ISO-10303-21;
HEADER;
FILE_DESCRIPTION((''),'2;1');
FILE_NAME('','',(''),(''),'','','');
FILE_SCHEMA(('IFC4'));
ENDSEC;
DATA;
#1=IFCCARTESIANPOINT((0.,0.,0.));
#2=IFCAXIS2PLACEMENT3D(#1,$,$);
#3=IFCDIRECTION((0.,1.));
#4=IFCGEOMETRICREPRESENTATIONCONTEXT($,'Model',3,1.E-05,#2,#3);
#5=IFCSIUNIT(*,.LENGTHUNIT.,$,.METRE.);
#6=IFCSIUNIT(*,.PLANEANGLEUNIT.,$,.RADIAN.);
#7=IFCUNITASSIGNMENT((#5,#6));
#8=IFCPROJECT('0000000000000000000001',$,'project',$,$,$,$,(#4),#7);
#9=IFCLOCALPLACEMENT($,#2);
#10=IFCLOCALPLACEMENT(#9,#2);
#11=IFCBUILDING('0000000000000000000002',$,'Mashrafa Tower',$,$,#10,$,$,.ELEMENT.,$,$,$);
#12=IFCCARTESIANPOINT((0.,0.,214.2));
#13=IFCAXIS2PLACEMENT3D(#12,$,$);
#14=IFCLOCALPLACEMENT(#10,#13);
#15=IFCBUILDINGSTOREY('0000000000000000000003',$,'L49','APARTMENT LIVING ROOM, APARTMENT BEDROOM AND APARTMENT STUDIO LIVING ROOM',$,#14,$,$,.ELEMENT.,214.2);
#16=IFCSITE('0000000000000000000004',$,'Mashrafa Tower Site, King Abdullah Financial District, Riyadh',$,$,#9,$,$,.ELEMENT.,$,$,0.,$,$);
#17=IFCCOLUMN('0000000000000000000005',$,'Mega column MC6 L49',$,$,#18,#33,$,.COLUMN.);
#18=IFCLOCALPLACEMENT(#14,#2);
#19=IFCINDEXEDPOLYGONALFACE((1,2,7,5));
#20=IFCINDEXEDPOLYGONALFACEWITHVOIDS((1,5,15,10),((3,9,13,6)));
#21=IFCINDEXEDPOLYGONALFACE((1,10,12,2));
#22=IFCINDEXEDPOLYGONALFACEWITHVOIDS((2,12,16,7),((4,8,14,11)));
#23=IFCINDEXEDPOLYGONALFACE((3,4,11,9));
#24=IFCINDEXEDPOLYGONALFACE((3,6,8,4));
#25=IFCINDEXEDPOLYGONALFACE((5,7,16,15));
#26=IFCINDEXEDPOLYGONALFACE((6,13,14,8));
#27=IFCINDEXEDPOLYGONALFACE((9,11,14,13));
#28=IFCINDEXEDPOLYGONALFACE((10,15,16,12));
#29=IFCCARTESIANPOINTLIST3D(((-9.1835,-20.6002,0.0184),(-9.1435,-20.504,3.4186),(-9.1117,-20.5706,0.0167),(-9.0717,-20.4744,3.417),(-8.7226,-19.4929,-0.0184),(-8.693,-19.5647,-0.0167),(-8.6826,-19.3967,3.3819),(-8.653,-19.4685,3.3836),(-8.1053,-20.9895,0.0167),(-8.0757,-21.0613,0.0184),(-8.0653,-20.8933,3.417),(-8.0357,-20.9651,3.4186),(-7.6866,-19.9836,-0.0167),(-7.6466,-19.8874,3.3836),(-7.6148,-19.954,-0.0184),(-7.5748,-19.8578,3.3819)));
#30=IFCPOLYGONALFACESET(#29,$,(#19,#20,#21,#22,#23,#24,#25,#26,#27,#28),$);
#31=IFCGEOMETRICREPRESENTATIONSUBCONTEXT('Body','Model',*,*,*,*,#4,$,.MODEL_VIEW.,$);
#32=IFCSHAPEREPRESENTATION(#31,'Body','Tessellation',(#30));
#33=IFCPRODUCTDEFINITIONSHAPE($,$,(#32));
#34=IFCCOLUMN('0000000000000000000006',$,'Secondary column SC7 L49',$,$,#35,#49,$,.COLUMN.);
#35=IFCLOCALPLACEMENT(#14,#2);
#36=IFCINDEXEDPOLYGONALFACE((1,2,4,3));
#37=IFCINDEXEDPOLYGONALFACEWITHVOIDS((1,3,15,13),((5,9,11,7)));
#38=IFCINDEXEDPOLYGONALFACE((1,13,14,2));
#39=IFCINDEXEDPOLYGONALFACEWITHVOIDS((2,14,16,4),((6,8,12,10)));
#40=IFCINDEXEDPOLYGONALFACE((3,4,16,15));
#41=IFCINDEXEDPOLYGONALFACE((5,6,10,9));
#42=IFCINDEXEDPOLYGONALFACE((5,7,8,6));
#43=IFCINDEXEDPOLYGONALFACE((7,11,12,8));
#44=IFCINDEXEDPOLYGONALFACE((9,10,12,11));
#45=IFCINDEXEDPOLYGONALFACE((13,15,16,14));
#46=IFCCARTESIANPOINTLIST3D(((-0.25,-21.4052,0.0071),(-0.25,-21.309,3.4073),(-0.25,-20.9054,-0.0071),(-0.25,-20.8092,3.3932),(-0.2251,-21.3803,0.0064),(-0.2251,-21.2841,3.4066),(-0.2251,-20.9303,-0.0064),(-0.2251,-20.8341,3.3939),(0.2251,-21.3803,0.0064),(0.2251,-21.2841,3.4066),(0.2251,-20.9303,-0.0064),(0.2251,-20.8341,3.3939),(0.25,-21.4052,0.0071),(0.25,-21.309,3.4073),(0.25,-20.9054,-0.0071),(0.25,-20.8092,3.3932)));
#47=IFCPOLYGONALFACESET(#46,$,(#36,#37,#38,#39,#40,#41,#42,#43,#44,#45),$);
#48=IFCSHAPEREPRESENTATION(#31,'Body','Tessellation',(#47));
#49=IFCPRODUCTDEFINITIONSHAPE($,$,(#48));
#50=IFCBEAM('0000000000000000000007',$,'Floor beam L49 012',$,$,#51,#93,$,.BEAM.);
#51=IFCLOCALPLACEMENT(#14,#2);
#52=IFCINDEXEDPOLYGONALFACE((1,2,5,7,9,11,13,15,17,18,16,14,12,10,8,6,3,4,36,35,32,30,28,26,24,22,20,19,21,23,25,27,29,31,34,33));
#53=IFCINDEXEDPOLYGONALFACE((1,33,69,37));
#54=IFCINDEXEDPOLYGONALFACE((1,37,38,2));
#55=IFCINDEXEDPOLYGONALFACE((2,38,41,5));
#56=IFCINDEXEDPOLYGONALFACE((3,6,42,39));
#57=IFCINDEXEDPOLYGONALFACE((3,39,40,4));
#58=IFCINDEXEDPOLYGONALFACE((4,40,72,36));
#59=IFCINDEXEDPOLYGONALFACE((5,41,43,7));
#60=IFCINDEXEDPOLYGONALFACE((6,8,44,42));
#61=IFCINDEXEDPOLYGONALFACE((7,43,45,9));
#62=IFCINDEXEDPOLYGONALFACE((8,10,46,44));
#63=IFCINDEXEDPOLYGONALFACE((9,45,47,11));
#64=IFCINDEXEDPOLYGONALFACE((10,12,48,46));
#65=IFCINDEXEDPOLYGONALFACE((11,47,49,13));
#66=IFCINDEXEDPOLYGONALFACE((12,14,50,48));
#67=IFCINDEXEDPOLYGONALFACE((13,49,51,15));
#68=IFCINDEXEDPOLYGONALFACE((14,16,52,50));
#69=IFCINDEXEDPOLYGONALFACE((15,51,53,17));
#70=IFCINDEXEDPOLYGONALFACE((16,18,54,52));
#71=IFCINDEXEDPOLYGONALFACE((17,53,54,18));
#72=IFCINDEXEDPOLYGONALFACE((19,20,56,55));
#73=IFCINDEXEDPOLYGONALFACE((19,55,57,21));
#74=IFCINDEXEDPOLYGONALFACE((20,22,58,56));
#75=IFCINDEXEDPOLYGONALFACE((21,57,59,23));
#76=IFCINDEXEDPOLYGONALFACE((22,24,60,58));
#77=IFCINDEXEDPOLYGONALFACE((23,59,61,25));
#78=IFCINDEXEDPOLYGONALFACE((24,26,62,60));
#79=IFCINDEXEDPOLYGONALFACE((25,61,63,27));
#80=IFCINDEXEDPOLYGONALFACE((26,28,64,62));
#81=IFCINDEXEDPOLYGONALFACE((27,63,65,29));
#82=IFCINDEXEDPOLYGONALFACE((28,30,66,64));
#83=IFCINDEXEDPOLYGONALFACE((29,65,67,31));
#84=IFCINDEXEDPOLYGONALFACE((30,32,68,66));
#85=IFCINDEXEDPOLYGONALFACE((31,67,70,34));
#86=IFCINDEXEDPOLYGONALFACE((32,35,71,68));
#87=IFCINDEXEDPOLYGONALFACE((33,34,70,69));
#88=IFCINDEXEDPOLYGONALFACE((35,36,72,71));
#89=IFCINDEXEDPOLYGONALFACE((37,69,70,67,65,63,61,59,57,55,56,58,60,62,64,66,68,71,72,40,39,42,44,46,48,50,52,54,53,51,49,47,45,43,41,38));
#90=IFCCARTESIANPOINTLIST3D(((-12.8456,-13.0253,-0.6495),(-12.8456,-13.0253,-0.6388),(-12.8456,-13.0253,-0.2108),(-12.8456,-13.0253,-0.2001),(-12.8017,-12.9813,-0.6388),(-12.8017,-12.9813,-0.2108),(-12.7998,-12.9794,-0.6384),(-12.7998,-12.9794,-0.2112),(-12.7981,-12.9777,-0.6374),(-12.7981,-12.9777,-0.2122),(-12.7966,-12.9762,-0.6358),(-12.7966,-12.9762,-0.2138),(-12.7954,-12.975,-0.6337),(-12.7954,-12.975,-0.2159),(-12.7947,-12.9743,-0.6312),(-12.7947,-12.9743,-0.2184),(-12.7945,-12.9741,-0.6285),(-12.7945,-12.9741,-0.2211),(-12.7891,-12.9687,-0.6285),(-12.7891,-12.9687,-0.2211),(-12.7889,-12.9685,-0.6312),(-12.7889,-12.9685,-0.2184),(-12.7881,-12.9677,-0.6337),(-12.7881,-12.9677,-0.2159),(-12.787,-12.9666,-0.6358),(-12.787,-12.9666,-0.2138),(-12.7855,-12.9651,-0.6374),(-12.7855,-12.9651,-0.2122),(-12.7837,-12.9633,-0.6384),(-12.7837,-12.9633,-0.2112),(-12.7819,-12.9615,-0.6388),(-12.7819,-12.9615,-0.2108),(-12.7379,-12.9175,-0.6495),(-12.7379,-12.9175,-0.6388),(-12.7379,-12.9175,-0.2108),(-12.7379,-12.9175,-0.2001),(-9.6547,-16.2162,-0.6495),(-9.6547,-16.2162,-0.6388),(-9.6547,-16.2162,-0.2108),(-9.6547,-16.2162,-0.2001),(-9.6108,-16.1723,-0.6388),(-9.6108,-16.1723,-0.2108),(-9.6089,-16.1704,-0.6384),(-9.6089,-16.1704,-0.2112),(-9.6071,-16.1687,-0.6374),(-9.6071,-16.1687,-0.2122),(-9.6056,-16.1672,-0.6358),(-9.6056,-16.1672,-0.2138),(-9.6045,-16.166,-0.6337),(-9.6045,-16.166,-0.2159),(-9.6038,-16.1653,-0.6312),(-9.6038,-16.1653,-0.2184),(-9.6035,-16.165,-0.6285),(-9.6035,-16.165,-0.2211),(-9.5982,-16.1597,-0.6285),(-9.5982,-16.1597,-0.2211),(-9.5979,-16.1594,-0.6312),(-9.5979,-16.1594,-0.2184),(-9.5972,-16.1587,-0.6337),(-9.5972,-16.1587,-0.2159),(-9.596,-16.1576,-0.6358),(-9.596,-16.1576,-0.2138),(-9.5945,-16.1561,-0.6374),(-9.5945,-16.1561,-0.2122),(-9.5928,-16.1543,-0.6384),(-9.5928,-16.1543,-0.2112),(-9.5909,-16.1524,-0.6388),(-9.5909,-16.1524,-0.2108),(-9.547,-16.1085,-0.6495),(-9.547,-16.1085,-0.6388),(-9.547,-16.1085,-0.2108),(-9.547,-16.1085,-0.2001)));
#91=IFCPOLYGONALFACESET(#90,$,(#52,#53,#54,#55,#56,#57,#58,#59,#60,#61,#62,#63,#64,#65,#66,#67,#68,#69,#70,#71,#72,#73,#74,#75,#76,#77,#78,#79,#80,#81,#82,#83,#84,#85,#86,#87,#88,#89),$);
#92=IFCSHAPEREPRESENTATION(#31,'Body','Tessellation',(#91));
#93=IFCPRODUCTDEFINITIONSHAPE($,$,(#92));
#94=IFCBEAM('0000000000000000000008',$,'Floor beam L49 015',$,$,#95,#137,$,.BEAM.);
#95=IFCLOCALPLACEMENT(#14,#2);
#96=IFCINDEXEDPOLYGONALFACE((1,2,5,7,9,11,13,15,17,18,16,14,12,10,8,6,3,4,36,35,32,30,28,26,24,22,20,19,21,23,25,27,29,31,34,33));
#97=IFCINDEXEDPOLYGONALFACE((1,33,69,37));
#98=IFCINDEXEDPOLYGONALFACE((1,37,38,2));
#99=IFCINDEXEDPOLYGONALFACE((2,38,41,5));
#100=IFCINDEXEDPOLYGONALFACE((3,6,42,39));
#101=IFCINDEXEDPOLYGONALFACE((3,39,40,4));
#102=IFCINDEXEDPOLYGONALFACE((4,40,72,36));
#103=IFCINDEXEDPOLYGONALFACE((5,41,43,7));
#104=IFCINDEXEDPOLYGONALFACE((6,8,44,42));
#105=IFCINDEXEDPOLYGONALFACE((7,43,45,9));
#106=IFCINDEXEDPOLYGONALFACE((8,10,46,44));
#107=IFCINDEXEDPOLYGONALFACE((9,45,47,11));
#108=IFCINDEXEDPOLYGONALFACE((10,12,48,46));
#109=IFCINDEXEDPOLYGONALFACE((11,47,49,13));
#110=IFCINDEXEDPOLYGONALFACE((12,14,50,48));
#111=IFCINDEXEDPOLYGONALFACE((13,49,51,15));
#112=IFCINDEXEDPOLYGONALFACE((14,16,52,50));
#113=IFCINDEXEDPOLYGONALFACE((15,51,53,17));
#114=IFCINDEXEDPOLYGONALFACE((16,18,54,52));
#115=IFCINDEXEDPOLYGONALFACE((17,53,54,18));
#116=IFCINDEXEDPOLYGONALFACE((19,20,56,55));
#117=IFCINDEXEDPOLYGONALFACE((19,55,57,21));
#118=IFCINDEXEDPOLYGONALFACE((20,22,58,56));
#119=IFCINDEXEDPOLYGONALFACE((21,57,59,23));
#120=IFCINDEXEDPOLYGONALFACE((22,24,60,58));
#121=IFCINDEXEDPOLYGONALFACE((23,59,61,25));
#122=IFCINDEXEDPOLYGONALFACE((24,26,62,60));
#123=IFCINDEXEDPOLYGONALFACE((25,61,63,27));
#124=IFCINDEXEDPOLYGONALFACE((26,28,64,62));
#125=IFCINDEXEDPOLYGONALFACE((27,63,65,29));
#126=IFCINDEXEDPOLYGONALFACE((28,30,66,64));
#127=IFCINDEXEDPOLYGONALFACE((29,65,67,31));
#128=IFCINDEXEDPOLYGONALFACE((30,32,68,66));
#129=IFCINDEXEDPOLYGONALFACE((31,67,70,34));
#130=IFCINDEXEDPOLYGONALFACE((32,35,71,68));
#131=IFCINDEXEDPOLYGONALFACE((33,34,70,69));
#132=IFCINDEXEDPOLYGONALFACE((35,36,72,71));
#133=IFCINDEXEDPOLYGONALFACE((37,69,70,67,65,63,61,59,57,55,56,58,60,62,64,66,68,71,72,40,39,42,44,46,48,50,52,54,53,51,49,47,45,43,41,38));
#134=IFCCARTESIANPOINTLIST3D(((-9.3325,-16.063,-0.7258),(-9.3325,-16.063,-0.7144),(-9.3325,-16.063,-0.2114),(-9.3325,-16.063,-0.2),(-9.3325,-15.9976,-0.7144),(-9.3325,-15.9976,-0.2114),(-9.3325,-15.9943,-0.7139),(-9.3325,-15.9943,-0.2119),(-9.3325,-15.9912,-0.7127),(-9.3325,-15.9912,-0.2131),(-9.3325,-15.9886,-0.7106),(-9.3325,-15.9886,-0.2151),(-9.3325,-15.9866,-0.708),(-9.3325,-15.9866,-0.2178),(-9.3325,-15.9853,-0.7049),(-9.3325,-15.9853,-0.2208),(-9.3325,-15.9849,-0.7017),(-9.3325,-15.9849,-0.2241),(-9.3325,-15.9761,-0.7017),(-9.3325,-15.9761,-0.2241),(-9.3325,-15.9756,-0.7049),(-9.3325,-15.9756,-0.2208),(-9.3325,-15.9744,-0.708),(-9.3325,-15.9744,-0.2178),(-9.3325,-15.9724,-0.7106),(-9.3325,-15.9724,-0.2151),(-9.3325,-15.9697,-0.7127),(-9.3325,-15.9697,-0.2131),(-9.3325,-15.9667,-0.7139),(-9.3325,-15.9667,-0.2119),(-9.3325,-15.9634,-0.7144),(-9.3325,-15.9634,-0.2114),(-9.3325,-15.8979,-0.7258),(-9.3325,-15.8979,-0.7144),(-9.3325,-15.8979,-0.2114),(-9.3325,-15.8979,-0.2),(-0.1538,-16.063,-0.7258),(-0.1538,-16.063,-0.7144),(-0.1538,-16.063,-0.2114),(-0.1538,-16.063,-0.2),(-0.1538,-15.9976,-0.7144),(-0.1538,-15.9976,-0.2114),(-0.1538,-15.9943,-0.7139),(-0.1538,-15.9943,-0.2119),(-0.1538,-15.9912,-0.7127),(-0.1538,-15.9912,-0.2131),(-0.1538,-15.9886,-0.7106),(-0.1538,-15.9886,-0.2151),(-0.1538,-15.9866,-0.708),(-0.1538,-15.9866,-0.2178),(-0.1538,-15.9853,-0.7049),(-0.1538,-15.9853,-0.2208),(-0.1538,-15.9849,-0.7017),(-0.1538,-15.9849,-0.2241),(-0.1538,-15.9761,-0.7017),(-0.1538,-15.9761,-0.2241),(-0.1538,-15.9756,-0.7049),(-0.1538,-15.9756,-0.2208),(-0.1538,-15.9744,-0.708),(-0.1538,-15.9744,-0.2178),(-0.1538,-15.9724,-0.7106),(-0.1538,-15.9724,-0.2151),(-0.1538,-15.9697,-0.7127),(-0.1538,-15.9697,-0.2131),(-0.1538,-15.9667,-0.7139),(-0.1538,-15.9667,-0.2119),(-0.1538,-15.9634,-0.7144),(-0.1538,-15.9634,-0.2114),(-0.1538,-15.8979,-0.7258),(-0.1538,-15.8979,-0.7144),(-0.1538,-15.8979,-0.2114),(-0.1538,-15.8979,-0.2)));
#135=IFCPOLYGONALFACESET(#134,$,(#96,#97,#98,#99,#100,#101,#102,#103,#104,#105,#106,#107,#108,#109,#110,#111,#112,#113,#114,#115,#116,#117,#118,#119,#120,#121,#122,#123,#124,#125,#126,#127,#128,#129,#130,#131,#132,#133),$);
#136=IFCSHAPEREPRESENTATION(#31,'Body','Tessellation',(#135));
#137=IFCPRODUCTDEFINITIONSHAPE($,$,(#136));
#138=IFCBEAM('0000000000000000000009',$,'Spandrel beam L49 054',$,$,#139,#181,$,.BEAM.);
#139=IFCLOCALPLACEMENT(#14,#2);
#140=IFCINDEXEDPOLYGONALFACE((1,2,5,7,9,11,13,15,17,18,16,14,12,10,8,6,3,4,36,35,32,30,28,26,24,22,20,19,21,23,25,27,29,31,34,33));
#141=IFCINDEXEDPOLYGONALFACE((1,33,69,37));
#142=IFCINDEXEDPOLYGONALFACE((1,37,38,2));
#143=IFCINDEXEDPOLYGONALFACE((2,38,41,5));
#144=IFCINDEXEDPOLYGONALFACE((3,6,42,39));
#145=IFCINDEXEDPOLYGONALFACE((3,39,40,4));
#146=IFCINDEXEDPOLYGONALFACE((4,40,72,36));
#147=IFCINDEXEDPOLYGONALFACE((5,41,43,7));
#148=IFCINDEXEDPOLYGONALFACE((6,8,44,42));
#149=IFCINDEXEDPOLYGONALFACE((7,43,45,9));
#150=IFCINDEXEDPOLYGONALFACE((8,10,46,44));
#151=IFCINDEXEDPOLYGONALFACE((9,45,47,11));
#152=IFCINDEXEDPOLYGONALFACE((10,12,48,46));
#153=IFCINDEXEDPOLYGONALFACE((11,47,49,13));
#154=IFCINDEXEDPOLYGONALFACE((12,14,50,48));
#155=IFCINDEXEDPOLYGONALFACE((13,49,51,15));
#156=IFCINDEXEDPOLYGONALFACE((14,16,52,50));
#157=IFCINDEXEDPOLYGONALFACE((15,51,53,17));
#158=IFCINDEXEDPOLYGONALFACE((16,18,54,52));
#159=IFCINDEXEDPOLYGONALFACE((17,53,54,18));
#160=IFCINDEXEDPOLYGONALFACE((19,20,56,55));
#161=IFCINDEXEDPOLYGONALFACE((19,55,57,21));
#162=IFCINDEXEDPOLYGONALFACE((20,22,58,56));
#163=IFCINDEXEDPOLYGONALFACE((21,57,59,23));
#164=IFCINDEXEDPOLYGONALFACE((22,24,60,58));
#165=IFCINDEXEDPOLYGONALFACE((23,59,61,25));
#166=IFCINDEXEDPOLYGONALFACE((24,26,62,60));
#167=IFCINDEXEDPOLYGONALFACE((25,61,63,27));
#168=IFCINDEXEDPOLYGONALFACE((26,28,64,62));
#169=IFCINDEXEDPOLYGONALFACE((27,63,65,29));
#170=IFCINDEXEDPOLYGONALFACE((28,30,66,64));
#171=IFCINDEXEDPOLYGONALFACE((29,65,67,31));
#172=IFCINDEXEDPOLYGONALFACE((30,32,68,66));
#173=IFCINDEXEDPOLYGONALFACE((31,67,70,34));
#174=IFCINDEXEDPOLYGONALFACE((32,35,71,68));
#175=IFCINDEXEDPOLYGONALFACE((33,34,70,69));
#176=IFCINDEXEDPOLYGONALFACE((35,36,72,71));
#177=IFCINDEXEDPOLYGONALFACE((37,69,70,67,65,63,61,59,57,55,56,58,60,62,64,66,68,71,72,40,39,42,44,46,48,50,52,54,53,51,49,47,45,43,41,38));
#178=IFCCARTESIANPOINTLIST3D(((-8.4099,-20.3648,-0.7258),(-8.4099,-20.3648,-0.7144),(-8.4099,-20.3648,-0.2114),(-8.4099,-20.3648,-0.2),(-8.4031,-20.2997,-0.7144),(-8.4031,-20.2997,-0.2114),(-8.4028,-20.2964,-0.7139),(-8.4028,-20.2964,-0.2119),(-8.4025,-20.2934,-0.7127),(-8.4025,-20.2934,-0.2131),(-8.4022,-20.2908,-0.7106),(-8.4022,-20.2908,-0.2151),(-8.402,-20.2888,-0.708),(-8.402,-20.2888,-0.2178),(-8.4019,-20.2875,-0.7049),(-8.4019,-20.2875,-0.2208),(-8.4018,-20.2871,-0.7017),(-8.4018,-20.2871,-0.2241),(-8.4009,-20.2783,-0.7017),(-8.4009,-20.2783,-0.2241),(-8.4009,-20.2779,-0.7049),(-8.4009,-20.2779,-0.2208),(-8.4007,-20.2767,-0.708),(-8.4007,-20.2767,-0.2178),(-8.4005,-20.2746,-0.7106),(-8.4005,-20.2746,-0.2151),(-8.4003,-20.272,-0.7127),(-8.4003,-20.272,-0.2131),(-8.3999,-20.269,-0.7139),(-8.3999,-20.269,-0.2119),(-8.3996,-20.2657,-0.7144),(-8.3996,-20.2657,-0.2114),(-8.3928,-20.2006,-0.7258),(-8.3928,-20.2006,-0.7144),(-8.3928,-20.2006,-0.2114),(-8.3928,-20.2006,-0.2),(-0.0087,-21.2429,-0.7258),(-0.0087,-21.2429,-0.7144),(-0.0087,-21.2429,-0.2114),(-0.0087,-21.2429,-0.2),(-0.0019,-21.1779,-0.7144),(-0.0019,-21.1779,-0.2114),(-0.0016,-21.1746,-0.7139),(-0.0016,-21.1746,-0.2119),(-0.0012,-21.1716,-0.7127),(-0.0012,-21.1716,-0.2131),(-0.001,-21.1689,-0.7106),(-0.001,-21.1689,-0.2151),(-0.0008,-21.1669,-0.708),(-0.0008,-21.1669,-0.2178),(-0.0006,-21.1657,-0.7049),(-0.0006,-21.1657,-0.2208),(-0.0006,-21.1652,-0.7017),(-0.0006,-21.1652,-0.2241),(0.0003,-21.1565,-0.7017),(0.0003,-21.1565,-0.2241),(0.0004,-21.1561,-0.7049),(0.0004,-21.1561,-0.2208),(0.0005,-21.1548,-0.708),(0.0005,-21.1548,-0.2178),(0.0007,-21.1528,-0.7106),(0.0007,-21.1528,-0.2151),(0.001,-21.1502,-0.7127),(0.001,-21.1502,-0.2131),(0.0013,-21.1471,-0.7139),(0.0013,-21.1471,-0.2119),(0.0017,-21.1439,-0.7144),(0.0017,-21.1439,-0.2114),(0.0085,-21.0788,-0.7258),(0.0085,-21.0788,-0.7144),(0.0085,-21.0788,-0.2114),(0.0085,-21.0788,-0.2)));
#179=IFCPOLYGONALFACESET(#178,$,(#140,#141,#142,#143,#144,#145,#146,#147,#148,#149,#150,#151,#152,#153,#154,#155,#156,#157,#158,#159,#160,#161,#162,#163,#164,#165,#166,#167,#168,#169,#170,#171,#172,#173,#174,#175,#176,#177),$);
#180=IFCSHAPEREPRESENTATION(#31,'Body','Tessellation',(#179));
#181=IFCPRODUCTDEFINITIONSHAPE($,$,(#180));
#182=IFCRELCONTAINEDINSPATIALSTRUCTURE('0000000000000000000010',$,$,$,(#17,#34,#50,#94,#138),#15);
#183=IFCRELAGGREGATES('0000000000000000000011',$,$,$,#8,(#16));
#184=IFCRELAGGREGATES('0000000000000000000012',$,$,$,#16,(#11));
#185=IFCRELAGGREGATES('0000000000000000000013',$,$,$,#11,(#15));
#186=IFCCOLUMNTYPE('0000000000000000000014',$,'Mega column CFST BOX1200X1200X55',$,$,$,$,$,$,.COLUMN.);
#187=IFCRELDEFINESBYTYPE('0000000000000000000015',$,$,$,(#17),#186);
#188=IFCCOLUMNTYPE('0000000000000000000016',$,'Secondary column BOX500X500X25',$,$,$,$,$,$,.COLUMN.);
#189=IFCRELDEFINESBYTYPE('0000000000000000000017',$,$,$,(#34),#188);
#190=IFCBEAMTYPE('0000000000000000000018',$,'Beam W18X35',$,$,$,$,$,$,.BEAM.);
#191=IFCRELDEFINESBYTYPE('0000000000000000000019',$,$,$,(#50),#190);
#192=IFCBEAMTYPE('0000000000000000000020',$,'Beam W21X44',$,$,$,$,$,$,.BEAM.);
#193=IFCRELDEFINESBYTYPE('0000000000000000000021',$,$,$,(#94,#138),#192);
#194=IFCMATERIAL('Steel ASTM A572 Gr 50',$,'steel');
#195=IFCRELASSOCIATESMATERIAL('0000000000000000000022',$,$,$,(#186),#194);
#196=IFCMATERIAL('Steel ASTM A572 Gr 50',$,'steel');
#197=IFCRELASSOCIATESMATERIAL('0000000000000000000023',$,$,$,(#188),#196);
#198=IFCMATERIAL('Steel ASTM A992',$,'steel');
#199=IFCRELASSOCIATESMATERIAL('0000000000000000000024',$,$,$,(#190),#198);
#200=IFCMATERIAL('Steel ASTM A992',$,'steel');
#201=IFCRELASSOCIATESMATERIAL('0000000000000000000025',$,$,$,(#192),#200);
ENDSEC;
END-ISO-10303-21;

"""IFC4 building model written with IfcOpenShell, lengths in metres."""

from ifc_helpers import new_model, si_unit, direction, frame, origin, origin_2d, place, context, subcontext, project, spatial, hollow_rectangle, i_section, extrude, material, material_profile, profile_set, type_object, element, save


model = new_model("IFC4")

# Units and contexts
model_context = context("Model", 3, precision=1e-05, world=origin(), true_north=direction((0.0, 1.0)))
body_context = subcontext(model_context, "Body", "Model", "MODEL_VIEW")
ifc_project = project(units=[si_unit("LENGTHUNIT", "METRE"), si_unit("PLANEANGLEUNIT", "RADIAN")], contexts=[model_context])

# Site, building, storey
site_placement = place(None, origin())
site = spatial("IfcSite", under=ifc_project, at=site_placement, Name="Mashrafa Tower Site, King Abdullah Financial District, Riyadh", CompositionType="ELEMENT", RefElevation=0.0)
building_placement = place(site_placement, origin())
building = spatial("IfcBuilding", under=site, at=building_placement, Name="Mashrafa Tower", CompositionType="ELEMENT")
storey_placement = place(building_placement, frame((0.0, 0.0, 214.2)))
storey = spatial("IfcBuildingStorey", under=building, at=storey_placement, Name="L49", Description="APARTMENT LIVING ROOM, APARTMENT BEDROOM AND APARTMENT STUDIO LIVING ROOM", CompositionType="ELEMENT", Elevation=214.2)

# Columns
ifc_material_1 = material(Name="Steel ASTM A572 Gr 50", Category="steel")
ifc_material_profile_1 = material_profile(ifc_material_1, hollow_rectangle(XDim=1.2, YDim=1.2, WallThickness=0.0549, at=origin_2d()), Name="BOX1200X1200X55")
ifc_profile_set_1 = profile_set([ifc_material_profile_1], Name="Steel ASTM A572 Gr 50")
column_type_1 = type_object("IfcColumnType", Name="Mega column CFST BOX1200X1200X55", PredefinedType="COLUMN", material=ifc_profile_set_1)
column_1_placement = place(storey_placement, frame((-8.3992, -20.2771, 0.0), z_axis=(0.01177, 0.028277, 0.999531), x_axis=(-0.923216, 0.384283, 0.0)))
element("IfcColumn", 1, at=column_1_placement, inside=storey, type_object=column_type_1, Name="Mega column MC6 L49", PredefinedType="COLUMN", context=body_context, shape_type="SweptSolid", body=[
    extrude(hollow_rectangle(XDim=1.2, YDim=1.2, WallThickness=0.0549, at=origin_2d()), origin(), (0.0, 0.0, 1.0), 3.4019),
])
ifc_material_2 = material(Name="Steel ASTM A572 Gr 50", Category="steel")
ifc_material_profile_2 = material_profile(ifc_material_2, hollow_rectangle(XDim=0.5, YDim=0.5, WallThickness=0.0249, at=origin_2d()), Name="BOX500X500X25")
ifc_profile_set_2 = profile_set([ifc_material_profile_2], Name="Steel ASTM A572 Gr 50")
column_type_2 = type_object("IfcColumnType", Name="Secondary column BOX500X500X25", PredefinedType="COLUMN", material=ifc_profile_set_2)
column_2_placement = place(storey_placement, frame((0.0, -21.1553, 0.0), z_axis=(0.0, 0.028279, 0.9996), x_axis=(-1.0, 0.0, 0.0)))
element("IfcColumn", 2, at=column_2_placement, inside=storey, type_object=column_type_2, Name="Secondary column SC7 L49", PredefinedType="COLUMN", context=body_context, shape_type="SweptSolid", body=[
    extrude(hollow_rectangle(XDim=0.5, YDim=0.5, WallThickness=0.0249, at=origin_2d()), origin(), (0.0, 0.0, 1.0), 3.4016),
])

# Beams
ifc_material_3 = material(Name="Steel ASTM A992", Category="steel")
ifc_material_profile_3 = material_profile(ifc_material_3, i_section(OverallWidth=0.1523, OverallDepth=0.4495, WebThickness=0.0076, FlangeThickness=0.0107, FilletRadius=0.0103, at=origin_2d()), Name="W18X35")
ifc_profile_set_3 = profile_set([ifc_material_profile_3], Name="Steel ASTM A992")
beam_type_1 = type_object("IfcBeamType", Name="Beam W18X35", PredefinedType="BEAM", material=ifc_profile_set_3)
beam_1_placement = place(storey_placement, frame((-9.6008, -16.1624, -0.4248), z_axis=(-0.707107, 0.707107, 0.0), x_axis=(-0.707107, -0.707107, 0.0)))
element("IfcBeam", 3, at=beam_1_placement, inside=storey, type_object=beam_type_1, Name="Floor beam L49 012", PredefinedType="BEAM", context=body_context, shape_type="SweptSolid", body=[
    extrude(i_section(OverallWidth=0.1523, OverallDepth=0.4495, WebThickness=0.0076, FlangeThickness=0.0107, FilletRadius=0.0103, at=origin_2d()), origin(), (0.0, 0.0, 1.0), 4.5127),
])
ifc_material_4 = material(Name="Steel ASTM A992", Category="steel")
ifc_material_profile_4 = material_profile(ifc_material_4, i_section(OverallWidth=0.165, OverallDepth=0.5259, WebThickness=0.0088, FlangeThickness=0.0115, FilletRadius=0.0127, at=origin_2d()), Name="W21X44")
ifc_profile_set_4 = profile_set([ifc_material_profile_4], Name="Steel ASTM A992")
beam_type_2 = type_object("IfcBeamType", Name="Beam W21X44", PredefinedType="BEAM", material=ifc_profile_set_4)
beam_2_placement = place(storey_placement, frame((-0.1538, -15.9805, -0.4629), z_axis=(-1.0, 0.0, 0.0), x_axis=(0.0, -1.0, 0.0)))
element("IfcBeam", 4, at=beam_2_placement, inside=storey, type_object=beam_type_2, Name="Floor beam L49 015", PredefinedType="BEAM", context=body_context, shape_type="SweptSolid", body=[
    extrude(i_section(OverallWidth=0.165, OverallDepth=0.5259, WebThickness=0.0088, FlangeThickness=0.0115, FilletRadius=0.0127, at=origin_2d()), origin(), (0.0, 0.0, 1.0), 9.1787),
])
beam_3_placement = place(storey_placement, frame((-8.4014, -20.2827, -0.4629), z_axis=(0.994581, -0.103961, 0.0), x_axis=(0.103961, 0.994581, 0.0)))
element("IfcBeam", 5, at=beam_3_placement, inside=storey, type_object=beam_type_2, Name="Spandrel beam L49 054", PredefinedType="BEAM", context=body_context, shape_type="SweptSolid", body=[
    extrude(i_section(OverallWidth=0.165, OverallDepth=0.5259, WebThickness=0.0088, FlangeThickness=0.0115, FilletRadius=0.0127, at=origin_2d()), origin(), (0.0, 0.0, 1.0), 8.447),
])

save(model, "model.ifc")
